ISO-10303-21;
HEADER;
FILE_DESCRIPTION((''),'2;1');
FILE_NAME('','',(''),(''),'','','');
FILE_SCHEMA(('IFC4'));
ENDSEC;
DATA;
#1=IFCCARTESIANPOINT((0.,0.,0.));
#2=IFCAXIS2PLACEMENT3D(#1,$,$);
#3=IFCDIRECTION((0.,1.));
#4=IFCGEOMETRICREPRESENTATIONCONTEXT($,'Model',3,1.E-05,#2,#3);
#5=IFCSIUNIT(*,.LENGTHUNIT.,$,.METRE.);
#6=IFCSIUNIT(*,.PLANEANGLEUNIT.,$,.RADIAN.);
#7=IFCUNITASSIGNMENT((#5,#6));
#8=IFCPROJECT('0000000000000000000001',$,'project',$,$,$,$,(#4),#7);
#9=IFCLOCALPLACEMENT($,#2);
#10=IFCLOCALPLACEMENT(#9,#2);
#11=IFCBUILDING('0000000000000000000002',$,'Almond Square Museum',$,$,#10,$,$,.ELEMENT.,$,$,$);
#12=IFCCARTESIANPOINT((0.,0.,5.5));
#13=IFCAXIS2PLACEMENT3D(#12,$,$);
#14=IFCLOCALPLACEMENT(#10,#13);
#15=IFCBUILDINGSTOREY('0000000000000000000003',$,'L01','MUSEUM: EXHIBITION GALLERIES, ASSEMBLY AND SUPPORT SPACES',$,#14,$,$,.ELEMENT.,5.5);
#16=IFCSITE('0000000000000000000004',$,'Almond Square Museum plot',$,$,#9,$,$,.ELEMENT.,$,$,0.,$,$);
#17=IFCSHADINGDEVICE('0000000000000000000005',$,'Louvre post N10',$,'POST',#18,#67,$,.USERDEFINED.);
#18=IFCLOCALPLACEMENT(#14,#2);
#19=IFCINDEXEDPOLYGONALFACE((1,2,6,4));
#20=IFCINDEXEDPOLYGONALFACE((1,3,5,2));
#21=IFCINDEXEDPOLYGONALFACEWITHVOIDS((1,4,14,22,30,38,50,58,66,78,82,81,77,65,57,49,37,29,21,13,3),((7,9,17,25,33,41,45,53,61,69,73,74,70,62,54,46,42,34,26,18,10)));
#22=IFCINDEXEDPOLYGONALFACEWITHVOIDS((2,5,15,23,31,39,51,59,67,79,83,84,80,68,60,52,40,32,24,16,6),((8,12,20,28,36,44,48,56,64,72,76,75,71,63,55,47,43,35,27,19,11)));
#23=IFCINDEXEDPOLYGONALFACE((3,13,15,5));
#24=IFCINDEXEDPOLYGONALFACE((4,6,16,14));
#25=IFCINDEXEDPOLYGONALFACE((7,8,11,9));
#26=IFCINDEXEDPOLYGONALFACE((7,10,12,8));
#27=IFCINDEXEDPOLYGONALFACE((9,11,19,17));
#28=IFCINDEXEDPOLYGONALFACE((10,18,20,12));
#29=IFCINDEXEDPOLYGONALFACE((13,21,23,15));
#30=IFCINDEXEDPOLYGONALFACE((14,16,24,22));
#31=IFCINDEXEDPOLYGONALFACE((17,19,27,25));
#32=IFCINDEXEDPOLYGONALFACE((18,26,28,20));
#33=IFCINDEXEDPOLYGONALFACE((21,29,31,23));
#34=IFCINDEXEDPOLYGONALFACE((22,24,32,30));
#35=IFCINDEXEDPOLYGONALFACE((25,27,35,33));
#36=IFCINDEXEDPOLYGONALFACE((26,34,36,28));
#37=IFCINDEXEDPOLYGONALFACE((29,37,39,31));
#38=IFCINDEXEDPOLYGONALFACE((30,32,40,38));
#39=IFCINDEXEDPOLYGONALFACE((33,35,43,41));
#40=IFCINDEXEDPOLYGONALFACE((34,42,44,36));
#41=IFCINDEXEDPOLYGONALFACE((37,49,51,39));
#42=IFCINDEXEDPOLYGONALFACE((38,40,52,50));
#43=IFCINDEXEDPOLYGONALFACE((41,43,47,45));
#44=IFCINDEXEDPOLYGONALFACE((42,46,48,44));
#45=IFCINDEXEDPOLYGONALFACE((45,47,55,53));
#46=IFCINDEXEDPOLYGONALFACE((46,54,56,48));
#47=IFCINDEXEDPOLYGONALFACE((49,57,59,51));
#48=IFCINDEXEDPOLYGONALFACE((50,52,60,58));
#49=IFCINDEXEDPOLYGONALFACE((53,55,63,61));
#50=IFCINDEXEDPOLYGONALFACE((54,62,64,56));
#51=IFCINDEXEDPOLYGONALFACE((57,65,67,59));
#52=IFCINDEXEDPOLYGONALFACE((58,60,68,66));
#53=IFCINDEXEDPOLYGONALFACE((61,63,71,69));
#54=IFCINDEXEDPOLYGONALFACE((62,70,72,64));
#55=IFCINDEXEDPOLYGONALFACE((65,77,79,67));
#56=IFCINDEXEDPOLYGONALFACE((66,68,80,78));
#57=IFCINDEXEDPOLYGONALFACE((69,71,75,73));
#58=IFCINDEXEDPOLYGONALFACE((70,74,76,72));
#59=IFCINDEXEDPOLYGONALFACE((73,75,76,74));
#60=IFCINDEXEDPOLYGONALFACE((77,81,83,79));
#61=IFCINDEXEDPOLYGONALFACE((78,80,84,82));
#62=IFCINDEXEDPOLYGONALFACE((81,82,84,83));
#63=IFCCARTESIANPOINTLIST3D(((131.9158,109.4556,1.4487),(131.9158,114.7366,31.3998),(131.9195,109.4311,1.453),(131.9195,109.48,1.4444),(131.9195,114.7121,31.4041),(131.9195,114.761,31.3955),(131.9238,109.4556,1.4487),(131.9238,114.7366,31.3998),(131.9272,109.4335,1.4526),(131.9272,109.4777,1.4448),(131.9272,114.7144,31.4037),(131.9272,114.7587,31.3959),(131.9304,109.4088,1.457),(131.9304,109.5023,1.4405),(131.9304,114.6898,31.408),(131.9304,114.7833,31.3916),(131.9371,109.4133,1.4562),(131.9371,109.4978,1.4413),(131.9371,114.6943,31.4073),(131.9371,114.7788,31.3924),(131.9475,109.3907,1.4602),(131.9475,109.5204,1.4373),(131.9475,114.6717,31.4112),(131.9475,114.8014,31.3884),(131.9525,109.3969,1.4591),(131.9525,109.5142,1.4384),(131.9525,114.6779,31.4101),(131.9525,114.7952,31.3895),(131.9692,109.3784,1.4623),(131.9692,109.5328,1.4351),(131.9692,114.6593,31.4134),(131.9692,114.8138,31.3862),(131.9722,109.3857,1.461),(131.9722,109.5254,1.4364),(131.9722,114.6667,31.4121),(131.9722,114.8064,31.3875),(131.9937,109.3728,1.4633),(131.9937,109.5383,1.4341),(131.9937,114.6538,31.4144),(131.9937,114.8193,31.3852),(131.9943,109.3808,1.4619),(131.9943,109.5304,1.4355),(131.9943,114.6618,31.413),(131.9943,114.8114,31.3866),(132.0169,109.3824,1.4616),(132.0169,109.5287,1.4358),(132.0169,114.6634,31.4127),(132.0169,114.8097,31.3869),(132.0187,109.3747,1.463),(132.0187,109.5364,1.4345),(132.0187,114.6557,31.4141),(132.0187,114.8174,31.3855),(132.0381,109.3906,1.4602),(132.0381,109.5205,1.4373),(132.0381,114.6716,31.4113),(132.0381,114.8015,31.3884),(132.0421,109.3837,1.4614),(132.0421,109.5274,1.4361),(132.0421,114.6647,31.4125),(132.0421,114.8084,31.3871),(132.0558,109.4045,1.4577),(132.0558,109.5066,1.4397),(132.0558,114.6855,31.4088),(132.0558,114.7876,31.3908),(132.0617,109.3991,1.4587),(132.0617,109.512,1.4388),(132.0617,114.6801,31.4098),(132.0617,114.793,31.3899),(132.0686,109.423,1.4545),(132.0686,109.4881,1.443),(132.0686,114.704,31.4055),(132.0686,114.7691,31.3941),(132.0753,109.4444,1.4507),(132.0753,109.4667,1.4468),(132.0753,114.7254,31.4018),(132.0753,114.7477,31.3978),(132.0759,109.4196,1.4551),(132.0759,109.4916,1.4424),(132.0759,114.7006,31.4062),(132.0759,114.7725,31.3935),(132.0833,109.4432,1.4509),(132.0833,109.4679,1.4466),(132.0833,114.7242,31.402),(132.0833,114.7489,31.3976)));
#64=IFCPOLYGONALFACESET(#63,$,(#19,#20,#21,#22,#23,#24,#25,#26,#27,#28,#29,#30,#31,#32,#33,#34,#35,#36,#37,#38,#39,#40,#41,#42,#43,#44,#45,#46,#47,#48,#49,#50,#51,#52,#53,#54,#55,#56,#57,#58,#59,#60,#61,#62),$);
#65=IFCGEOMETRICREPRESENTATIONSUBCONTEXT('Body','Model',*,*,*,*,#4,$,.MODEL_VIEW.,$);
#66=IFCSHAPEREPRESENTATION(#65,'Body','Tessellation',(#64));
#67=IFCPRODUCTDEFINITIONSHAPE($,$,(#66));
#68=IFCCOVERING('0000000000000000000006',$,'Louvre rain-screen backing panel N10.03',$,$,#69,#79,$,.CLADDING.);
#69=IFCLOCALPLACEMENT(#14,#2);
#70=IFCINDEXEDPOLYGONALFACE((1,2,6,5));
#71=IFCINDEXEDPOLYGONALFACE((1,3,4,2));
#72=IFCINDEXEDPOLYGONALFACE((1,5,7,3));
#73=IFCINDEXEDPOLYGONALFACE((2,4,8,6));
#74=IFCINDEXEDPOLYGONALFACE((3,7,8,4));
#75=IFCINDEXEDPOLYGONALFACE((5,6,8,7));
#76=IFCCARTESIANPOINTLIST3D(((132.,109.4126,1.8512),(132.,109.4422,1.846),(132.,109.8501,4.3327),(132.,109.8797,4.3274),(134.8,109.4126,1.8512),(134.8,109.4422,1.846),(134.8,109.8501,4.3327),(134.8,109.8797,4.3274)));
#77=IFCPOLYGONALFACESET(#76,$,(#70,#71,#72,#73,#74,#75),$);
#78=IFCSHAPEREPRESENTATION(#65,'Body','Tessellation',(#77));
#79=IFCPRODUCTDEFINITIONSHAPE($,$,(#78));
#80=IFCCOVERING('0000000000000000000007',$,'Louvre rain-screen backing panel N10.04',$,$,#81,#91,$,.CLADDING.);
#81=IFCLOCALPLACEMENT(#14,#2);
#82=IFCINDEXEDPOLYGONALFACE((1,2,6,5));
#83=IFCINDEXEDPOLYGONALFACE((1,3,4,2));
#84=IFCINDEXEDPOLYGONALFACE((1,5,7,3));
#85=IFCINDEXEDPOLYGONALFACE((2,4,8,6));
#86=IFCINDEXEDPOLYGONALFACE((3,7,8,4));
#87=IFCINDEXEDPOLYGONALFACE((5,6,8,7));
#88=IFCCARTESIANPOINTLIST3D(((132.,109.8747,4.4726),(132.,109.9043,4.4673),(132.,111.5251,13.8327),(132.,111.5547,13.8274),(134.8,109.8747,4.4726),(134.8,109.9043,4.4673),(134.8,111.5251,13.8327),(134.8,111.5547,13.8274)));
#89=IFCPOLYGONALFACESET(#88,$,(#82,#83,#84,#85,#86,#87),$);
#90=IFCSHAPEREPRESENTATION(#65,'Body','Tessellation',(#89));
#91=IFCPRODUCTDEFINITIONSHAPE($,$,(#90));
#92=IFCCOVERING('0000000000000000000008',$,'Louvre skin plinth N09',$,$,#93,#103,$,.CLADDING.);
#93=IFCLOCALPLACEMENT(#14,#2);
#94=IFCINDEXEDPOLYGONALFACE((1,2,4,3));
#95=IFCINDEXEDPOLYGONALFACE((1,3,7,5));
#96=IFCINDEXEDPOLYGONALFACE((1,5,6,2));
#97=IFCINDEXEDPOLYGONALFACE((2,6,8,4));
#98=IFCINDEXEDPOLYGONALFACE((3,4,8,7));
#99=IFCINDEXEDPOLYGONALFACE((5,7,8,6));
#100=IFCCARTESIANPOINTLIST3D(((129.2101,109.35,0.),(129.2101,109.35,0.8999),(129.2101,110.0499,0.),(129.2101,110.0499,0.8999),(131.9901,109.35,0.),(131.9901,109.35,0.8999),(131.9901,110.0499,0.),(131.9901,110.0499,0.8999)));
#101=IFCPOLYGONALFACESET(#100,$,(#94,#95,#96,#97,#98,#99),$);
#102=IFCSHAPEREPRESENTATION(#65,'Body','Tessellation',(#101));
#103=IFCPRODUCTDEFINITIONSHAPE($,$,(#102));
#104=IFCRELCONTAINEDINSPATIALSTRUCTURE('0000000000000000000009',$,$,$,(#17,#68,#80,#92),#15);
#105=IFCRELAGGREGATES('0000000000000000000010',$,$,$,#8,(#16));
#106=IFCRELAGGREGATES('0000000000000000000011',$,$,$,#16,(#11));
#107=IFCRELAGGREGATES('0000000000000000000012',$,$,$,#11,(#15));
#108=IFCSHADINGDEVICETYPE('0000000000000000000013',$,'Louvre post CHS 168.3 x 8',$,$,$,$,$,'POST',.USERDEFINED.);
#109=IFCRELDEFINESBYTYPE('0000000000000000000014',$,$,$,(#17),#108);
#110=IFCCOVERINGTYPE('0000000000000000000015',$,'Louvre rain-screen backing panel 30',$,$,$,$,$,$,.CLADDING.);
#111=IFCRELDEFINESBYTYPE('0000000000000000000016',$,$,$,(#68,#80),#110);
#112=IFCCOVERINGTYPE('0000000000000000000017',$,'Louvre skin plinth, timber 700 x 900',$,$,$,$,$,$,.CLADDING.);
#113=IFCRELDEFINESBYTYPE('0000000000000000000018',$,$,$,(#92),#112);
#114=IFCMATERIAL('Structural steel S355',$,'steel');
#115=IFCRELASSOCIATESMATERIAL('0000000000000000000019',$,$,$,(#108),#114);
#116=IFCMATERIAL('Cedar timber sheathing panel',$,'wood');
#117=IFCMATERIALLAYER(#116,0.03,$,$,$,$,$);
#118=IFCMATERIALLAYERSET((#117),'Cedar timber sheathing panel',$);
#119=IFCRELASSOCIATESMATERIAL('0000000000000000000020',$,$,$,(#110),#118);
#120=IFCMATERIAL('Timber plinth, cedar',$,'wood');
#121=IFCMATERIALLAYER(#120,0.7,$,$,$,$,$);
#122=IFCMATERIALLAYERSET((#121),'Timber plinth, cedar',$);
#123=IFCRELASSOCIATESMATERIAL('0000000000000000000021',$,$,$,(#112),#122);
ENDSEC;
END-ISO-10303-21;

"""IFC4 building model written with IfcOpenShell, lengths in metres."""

from ifc_helpers import new_model, si_unit, direction, frame, origin, origin_2d, place, context, subcontext, project, spatial, polyline, rectangle, hollow_circle, outline, extrude, material, layer, layer_set, material_profile, profile_set, type_object, element, save


model = new_model("IFC4")

# Units and contexts
model_context = context("Model", 3, precision=1e-05, world=origin(), true_north=direction((0.0, 1.0)))
body_context = subcontext(model_context, "Body", "Model", "MODEL_VIEW")
ifc_project = project(units=[si_unit("LENGTHUNIT", "METRE"), si_unit("PLANEANGLEUNIT", "RADIAN")], contexts=[model_context])

# Site, building, storey
site_placement = place(None, origin())
site = spatial("IfcSite", under=ifc_project, at=site_placement, Name="Almond Square Museum plot", CompositionType="ELEMENT", RefElevation=0.0)
building_placement = place(site_placement, origin())
building = spatial("IfcBuilding", under=site, at=building_placement, Name="Almond Square Museum", CompositionType="ELEMENT")
storey_placement = place(building_placement, frame((0.0, 0.0, 5.5)))
storey = spatial("IfcBuildingStorey", under=building, at=storey_placement, Name="L01", Description="MUSEUM: EXHIBITION GALLERIES, ASSEMBLY AND SUPPORT SPACES", CompositionType="ELEMENT", Elevation=5.5)

# Shading device
ifc_material_1 = material(Name="Structural steel S355", Category="steel")
ifc_material_profile_1 = material_profile(ifc_material_1, hollow_circle(Radius=0.0842, WallThickness=0.0081, at=origin_2d()))
ifc_profile_set_1 = profile_set([ifc_material_profile_1], Name="Structural steel S355")
shading_device_type = type_object("IfcShadingDeviceType", Name="Louvre post CHS 168.3 x 8", ElementType="POST", PredefinedType="USERDEFINED", material=ifc_profile_set_1)
shading_device_placement = place(storey_placement, frame((132.0, 109.4556, 1.4487), z_axis=(0.0, 0.173642, 0.984809), x_axis=(-1.0, 0.0, 0.0)))
element("IfcShadingDevice", 1, at=shading_device_placement, inside=storey, type_object=shading_device_type, Name="Louvre post N10", ObjectType="POST", PredefinedType="USERDEFINED", context=body_context, shape_type="SweptSolid", body=[
    extrude(hollow_circle(Radius=0.0842, WallThickness=0.0081, at=origin_2d()), origin(), (0.0, 0.0, 1.0), 30.4131),
])

# Coverings
ifc_material_2 = material(Name="Cedar timber sheathing panel", Category="wood")
ifc_layer_1 = layer(ifc_material_2, 0.03)
ifc_layer_set_1 = layer_set([ifc_layer_1], Name="Cedar timber sheathing panel")
covering_type_1 = type_object("IfcCoveringType", Name="Louvre rain-screen backing panel 30", PredefinedType="CLADDING", material=ifc_layer_set_1)
covering_1_placement = place(storey_placement, frame((132.0, 109.4272, 1.8486), z_axis=(0.0, -0.984811, 0.173631), x_axis=(1.0, 0.0, 0.0)))
element("IfcCovering", 2, at=covering_1_placement, inside=storey, type_object=covering_type_1, Name="Louvre rain-screen backing panel N10.03", PredefinedType="CLADDING", context=body_context, shape_type="SweptSolid", body=[
    extrude(outline(polyline([(0.0, 0.0), (2.8, 0.0), (2.8, 2.5197), (0.0, 2.5197), (0.0, 0.0)])), frame((0.0, 0.0, -0.0151)), (0.0, 0.0, 1.0), 0.03),
])
covering_2_placement = place(storey_placement, frame((132.0, 109.8894, 4.47), z_axis=(0.0, -0.984809, 0.173643), x_axis=(1.0, 0.0, 0.0)))
element("IfcCovering", 3, at=covering_2_placement, inside=storey, type_object=covering_type_1, Name="Louvre rain-screen backing panel N10.04", PredefinedType="CLADDING", context=body_context, shape_type="SweptSolid", body=[
    extrude(outline(polyline([(0.0, 0.0), (2.8, 0.0), (2.8, 9.5045), (0.0, 9.5045), (0.0, 0.0)])), frame((0.0, 0.0, -0.0151)), (0.0, 0.0, 1.0), 0.03),
])
ifc_material_3 = material(Name="Timber plinth, cedar", Category="wood")
ifc_layer_2 = layer(ifc_material_3, 0.7)
ifc_layer_set_2 = layer_set([ifc_layer_2], Name="Timber plinth, cedar")
covering_type_2 = type_object("IfcCoveringType", Name="Louvre skin plinth, timber 700 x 900", PredefinedType="CLADDING", material=ifc_layer_set_2)
covering_3_placement = place(storey_placement, frame((130.6001, 109.7, 0.0), z_axis=(0.0, 0.0, 1.0), x_axis=(1.0, 0.0, 0.0)))
element("IfcCovering", 4, at=covering_3_placement, inside=storey, type_object=covering_type_2, Name="Louvre skin plinth N09", PredefinedType="CLADDING", context=body_context, shape_type="SweptSolid", body=[
    extrude(rectangle(XDim=2.78, YDim=0.7, at=origin_2d()), origin(), (0.0, 0.0, 1.0), 0.8999),
])

save(model, "model.ifc")
